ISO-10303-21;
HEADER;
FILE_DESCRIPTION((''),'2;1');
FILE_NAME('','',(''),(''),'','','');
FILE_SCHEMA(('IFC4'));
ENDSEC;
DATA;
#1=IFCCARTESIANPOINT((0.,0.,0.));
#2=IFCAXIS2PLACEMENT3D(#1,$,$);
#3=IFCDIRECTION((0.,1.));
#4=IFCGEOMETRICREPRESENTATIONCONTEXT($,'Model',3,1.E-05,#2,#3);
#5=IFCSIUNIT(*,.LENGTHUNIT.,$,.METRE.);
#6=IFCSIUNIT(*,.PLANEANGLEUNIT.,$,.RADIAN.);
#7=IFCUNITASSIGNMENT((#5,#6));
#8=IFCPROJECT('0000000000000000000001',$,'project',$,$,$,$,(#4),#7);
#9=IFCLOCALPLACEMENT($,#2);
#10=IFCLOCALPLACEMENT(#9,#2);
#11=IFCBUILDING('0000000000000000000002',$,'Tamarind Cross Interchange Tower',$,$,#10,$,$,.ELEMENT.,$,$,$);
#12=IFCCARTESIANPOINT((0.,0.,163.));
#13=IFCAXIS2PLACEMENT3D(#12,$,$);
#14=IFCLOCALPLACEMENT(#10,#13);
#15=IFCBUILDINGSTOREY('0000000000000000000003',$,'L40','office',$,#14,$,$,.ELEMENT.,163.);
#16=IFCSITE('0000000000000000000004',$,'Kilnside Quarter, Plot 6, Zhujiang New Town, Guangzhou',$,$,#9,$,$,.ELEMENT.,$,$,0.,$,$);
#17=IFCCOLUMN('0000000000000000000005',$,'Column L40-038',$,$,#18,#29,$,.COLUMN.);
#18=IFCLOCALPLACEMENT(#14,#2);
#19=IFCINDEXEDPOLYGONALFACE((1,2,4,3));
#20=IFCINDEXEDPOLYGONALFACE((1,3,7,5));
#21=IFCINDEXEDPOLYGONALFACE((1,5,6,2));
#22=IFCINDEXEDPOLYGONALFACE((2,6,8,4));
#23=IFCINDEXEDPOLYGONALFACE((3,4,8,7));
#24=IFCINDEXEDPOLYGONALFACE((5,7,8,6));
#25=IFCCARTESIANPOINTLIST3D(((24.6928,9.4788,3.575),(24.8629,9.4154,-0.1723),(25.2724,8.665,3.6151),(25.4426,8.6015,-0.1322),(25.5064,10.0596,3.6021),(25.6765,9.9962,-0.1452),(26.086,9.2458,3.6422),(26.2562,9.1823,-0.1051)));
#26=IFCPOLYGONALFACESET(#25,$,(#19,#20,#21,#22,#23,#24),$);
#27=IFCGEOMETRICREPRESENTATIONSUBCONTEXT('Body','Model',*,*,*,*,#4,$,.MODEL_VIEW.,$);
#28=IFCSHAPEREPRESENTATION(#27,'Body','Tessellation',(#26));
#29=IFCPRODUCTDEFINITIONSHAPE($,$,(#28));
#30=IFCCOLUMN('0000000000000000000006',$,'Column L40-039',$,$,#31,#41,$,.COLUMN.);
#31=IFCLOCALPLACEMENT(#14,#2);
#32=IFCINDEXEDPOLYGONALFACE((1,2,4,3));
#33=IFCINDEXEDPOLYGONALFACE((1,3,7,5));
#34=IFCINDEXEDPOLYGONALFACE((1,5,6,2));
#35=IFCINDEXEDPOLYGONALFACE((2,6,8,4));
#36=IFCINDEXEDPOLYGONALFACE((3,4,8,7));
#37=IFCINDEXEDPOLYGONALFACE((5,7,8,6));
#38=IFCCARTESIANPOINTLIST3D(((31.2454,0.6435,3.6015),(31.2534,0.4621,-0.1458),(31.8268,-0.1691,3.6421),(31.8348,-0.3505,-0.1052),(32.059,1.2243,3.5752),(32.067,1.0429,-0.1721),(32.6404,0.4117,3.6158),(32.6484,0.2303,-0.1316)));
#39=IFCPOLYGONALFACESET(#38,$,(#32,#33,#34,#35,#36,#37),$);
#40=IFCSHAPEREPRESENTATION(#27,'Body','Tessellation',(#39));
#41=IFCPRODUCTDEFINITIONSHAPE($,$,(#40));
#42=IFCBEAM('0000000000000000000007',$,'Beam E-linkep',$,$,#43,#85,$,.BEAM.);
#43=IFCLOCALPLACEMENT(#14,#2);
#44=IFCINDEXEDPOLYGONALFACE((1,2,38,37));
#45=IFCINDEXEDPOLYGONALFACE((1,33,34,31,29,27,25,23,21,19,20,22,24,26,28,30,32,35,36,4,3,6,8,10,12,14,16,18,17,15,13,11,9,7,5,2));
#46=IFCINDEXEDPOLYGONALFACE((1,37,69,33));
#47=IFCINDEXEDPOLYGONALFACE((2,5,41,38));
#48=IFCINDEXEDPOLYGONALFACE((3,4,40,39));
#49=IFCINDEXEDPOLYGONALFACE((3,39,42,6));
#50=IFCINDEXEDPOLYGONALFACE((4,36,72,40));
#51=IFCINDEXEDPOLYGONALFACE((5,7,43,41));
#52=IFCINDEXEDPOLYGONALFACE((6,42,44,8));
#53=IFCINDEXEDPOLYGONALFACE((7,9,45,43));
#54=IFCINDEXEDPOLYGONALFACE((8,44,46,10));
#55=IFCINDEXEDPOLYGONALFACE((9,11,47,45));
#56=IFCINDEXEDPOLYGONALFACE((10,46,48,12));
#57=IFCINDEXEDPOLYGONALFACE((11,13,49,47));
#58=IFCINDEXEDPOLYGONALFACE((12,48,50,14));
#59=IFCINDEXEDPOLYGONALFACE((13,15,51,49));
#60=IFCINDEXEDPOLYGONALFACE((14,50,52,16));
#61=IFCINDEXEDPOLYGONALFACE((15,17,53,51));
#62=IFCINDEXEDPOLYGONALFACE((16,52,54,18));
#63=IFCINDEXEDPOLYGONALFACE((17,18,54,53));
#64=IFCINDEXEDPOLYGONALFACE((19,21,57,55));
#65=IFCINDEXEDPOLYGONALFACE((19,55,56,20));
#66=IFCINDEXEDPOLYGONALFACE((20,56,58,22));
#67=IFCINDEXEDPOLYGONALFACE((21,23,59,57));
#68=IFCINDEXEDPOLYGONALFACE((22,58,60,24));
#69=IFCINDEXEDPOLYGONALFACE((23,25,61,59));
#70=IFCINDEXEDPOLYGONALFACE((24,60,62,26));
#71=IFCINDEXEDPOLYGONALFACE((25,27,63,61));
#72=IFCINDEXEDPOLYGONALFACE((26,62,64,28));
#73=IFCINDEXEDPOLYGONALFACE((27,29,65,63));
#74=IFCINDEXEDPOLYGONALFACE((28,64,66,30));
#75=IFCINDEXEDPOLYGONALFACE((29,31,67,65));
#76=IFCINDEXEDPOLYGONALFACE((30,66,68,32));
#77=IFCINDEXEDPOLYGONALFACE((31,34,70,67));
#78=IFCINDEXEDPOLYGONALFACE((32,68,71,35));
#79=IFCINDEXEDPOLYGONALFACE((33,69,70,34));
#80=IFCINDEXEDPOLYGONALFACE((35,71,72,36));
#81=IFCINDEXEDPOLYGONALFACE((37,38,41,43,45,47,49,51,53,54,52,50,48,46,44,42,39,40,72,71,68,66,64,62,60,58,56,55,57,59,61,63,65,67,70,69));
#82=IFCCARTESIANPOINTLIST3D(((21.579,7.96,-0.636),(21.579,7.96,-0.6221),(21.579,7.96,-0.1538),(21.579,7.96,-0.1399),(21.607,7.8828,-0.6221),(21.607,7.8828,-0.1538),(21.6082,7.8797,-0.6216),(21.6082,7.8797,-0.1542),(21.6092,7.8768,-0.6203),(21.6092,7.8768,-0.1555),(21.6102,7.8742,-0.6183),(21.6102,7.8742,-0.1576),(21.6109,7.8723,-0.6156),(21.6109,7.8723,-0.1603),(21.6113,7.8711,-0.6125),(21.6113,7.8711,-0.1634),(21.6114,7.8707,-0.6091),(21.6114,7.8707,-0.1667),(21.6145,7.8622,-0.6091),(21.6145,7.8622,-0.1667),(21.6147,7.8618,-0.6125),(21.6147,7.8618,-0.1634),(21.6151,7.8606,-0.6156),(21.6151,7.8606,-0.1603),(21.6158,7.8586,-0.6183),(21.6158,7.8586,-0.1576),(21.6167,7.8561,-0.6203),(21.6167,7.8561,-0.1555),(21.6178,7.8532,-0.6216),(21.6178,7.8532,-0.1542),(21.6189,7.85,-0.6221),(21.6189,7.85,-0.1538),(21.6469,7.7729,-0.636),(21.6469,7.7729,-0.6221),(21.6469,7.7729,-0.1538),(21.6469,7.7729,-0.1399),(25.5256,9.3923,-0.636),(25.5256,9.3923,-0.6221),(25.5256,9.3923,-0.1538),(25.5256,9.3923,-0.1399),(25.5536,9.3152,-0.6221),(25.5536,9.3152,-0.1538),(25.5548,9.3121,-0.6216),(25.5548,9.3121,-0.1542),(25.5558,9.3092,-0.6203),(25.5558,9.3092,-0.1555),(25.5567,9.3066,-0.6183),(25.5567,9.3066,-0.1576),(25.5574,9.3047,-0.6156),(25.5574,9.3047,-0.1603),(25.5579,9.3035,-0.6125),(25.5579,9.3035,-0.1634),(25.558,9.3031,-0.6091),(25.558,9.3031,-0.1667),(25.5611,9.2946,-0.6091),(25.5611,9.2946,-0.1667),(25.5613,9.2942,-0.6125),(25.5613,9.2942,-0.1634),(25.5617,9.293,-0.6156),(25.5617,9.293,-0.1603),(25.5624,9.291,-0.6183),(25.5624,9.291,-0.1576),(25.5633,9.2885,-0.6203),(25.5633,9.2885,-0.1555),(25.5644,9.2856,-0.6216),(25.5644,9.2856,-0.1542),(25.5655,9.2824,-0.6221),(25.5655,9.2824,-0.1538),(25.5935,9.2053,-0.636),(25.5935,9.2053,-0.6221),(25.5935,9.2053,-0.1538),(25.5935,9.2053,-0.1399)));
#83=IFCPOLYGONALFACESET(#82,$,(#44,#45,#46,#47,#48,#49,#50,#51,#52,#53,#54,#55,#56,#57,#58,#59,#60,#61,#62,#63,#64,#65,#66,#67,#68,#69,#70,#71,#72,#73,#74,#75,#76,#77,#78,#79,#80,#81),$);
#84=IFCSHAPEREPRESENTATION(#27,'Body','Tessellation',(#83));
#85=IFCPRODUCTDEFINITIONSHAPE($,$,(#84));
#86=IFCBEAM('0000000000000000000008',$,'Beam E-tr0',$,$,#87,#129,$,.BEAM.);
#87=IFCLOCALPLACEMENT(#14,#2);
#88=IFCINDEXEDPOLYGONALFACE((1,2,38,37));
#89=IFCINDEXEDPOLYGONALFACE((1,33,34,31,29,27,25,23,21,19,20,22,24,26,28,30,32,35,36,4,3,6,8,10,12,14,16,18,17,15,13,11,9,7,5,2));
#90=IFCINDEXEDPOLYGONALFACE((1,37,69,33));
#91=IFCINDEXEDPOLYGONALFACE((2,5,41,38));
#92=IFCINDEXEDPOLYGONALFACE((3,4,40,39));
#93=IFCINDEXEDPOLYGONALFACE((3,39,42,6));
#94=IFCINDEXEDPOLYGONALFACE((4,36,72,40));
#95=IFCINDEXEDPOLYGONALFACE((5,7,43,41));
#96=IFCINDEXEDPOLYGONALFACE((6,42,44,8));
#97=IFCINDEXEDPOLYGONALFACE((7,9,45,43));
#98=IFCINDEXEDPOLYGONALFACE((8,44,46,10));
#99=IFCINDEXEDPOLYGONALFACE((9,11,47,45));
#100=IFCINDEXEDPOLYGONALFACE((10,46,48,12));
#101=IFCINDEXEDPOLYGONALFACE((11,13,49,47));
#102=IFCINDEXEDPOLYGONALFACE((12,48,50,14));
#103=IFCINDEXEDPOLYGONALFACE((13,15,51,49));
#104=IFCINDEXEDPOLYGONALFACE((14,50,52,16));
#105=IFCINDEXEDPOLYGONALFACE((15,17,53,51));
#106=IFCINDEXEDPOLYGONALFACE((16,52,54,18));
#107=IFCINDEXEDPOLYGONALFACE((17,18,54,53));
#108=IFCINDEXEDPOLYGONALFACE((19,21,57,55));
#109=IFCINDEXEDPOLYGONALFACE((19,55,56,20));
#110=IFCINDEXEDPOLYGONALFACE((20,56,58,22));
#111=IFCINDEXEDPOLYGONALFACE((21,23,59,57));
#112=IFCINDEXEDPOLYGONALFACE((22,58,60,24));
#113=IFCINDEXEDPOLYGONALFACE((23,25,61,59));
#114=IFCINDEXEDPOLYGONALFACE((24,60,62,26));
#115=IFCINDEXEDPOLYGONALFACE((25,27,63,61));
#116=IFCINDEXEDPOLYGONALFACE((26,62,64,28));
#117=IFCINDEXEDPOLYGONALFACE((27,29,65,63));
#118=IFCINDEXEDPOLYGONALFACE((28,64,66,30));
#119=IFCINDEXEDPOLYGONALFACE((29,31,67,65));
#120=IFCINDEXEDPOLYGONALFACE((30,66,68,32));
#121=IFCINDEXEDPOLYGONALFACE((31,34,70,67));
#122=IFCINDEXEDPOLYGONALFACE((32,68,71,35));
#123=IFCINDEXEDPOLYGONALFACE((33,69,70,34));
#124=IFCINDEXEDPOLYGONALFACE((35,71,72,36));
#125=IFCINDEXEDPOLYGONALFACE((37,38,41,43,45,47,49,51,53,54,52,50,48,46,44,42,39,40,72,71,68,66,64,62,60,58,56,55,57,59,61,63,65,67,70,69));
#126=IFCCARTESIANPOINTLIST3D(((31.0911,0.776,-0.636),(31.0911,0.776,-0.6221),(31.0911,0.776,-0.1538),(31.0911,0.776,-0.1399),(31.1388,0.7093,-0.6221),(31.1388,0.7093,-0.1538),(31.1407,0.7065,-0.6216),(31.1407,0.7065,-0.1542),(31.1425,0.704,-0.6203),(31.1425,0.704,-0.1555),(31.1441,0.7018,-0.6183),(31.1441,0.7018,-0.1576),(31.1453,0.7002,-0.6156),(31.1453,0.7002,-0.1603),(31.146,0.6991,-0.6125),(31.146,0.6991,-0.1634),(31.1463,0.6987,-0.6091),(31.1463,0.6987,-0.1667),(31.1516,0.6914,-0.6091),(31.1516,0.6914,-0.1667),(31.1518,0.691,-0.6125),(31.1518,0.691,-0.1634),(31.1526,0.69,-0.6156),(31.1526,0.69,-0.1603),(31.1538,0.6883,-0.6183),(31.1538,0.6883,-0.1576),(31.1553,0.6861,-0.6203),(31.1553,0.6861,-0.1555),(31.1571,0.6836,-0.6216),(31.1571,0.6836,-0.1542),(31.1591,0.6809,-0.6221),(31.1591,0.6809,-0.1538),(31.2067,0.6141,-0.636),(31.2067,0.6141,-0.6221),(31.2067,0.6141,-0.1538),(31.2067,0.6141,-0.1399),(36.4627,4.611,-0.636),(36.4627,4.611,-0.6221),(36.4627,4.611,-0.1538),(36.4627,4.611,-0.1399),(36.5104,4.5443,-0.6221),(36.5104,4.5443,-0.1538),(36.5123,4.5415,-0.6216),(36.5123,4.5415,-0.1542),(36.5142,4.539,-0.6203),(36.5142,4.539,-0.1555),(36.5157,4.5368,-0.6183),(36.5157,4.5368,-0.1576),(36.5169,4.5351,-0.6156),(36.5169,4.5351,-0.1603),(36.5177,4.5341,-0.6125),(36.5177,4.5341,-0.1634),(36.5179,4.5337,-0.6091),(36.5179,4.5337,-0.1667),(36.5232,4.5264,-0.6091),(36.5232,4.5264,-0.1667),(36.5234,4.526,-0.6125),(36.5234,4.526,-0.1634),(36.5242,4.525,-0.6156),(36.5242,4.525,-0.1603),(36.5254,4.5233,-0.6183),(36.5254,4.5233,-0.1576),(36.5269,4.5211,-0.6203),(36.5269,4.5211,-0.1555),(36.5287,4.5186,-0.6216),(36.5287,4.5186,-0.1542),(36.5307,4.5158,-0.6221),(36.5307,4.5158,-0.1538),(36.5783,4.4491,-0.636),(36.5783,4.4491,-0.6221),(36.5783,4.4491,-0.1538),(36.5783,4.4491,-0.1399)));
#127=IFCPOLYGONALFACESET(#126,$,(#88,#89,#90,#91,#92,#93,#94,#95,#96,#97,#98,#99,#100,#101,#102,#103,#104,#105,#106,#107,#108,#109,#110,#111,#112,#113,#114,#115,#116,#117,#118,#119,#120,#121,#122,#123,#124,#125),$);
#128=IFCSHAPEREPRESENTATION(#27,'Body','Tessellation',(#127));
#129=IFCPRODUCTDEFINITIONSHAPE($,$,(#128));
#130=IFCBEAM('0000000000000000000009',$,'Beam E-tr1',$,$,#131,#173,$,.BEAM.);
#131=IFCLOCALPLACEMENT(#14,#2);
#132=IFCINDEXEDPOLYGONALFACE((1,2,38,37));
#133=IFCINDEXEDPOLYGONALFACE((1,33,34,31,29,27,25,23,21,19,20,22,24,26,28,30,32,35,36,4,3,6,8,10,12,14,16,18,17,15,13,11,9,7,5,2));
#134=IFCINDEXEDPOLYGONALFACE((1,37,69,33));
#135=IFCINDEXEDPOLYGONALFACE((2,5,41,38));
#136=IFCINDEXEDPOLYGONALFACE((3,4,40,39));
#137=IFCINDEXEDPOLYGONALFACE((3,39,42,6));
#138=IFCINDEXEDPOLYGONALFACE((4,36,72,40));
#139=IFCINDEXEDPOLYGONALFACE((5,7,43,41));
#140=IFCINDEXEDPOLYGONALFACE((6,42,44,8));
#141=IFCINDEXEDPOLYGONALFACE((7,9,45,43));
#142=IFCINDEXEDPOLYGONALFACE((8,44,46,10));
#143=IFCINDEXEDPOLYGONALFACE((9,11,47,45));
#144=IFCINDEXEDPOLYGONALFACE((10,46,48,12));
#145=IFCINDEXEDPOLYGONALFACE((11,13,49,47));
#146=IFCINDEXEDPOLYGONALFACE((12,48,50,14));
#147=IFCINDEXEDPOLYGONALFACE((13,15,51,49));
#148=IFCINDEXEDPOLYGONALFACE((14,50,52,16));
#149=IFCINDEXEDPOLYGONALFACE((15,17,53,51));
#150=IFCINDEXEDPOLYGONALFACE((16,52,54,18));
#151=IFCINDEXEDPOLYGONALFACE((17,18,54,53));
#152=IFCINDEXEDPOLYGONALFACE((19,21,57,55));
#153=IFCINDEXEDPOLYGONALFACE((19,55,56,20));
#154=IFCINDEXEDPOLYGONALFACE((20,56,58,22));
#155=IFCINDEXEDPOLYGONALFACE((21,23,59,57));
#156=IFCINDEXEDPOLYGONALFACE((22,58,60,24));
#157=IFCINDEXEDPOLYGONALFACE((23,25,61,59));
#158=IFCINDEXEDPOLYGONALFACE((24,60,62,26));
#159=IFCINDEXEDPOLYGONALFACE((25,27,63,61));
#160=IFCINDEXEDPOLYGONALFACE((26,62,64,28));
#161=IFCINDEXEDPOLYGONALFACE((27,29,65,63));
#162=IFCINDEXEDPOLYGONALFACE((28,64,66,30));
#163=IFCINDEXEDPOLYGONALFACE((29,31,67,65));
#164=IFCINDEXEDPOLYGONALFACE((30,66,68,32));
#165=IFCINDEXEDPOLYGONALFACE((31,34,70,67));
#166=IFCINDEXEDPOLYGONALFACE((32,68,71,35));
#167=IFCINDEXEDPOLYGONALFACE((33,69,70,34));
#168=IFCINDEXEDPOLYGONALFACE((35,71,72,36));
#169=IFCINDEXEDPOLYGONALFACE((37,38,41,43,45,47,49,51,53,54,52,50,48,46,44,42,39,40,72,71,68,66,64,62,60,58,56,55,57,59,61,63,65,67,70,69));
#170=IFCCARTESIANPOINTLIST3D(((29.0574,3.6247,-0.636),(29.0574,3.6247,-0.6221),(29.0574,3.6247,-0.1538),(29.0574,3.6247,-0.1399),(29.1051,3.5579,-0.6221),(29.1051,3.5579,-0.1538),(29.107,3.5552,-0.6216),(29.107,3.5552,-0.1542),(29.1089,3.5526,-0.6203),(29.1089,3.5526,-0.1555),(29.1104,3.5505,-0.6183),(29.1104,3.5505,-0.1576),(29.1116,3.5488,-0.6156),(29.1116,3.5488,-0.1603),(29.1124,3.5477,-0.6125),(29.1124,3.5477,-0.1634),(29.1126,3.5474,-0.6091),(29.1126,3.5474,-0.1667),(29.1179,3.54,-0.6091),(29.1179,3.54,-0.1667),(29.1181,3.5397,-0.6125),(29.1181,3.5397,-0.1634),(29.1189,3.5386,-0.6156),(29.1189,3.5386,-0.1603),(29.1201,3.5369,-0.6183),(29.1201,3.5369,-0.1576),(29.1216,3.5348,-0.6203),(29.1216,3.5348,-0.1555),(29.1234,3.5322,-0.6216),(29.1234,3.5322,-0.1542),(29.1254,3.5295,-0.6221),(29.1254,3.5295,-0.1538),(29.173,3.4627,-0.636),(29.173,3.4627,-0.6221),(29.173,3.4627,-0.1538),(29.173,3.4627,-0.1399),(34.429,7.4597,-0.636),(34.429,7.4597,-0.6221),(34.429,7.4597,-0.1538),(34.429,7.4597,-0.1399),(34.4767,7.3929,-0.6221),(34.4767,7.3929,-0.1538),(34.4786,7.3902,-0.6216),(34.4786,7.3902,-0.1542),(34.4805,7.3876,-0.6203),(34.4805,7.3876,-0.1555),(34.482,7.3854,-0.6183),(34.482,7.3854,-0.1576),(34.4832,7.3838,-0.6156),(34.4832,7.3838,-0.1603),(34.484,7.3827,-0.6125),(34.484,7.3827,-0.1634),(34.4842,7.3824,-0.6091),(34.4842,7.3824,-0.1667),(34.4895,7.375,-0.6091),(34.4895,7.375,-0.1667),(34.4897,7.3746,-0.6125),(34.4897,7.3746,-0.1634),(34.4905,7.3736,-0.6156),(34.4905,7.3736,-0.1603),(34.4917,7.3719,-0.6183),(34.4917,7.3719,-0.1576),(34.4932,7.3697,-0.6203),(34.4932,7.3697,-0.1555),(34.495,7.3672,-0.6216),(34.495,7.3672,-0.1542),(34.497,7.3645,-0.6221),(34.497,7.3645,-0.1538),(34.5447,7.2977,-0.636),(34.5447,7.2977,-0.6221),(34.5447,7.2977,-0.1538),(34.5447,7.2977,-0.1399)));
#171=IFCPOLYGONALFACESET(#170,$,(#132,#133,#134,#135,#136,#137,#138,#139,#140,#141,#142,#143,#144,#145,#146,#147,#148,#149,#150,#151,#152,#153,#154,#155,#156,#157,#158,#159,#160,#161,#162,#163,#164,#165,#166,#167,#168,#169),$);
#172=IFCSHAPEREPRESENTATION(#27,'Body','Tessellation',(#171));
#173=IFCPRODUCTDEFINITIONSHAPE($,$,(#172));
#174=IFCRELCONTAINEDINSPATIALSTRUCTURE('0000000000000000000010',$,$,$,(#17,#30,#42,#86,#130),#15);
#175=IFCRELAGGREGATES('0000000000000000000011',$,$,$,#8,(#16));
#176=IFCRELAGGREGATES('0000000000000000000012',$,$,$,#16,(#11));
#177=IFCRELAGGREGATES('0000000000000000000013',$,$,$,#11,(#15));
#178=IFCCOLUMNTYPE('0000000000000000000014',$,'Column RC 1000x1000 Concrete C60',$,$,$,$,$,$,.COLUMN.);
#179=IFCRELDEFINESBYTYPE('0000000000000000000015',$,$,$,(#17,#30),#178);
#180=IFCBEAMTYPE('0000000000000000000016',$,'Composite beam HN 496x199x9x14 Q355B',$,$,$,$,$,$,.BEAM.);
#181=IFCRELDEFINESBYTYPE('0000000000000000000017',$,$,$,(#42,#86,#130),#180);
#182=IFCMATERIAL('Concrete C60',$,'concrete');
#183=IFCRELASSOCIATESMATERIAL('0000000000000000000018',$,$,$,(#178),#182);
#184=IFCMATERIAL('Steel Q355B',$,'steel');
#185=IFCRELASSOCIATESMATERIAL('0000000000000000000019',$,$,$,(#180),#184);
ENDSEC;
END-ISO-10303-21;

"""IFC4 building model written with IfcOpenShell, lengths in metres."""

from ifc_helpers import new_model, si_unit, direction, frame, origin, origin_2d, place, context, subcontext, project, spatial, rectangle, i_section, extrude, material, material_profile, profile_set, type_object, element, save


model = new_model("IFC4")

# Units and contexts
model_context = context("Model", 3, precision=1e-05, world=origin(), true_north=direction((0.0, 1.0)))
body_context = subcontext(model_context, "Body", "Model", "MODEL_VIEW")
ifc_project = project(units=[si_unit("LENGTHUNIT", "METRE"), si_unit("PLANEANGLEUNIT", "RADIAN")], contexts=[model_context])

# Site, building, storey
site_placement = place(None, origin())
site = spatial("IfcSite", under=ifc_project, at=site_placement, Name="Kilnside Quarter, Plot 6, Zhujiang New Town, Guangzhou", CompositionType="ELEMENT", RefElevation=0.0)
building_placement = place(site_placement, origin())
building = spatial("IfcBuilding", under=site, at=building_placement, Name="Tamarind Cross Interchange Tower", CompositionType="ELEMENT")
storey_placement = place(building_placement, frame((0.0, 0.0, 163.0)))
storey = spatial("IfcBuildingStorey", under=building, at=storey_placement, Name="L40", Description="office", CompositionType="ELEMENT", Elevation=163.0)

# Columns
ifc_material_1 = material(Name="Concrete C60", Category="concrete")
ifc_material_profile_1 = material_profile(ifc_material_1, rectangle(XDim=1.0, YDim=1.0, at=origin_2d()), Name="RC 1000x1000")
ifc_profile_set_1 = profile_set([ifc_material_profile_1], Name="Concrete C60")
column_type = type_object("IfcColumnType", Name="Column RC 1000x1000 Concrete C60", PredefinedType="COLUMN", material=ifc_profile_set_1)
for number, where, z_axis, x_axis, name in (
    (1, (25.5596, 9.2988, -0.1387), (-0.045357, 0.016919, 0.998828), (0.579654, -0.813875, 0.040109), "Column L40-038"),
    (2, (31.9509, 0.3462, -0.1387), (-0.002147, 0.04835, 0.998828), (-0.813625, -0.580792, 0.026365), "Column L40-039"),
):
    element("IfcColumn", number, at=place(storey_placement, frame(where, z_axis=z_axis, x_axis=x_axis)), inside=storey, type_object=column_type, Name=name, PredefinedType="COLUMN", context=body_context, shape_type="SweptSolid", body=[
        extrude(rectangle(XDim=1.0, YDim=1.0, at=origin_2d()), origin(), (0.0, 0.0, 1.0), 3.7517),
    ])

# Beams
ifc_material_2 = material(Name="Steel Q355B", Category="steel")
ifc_material_profile_2 = material_profile(ifc_material_2, i_section(OverallWidth=0.199, OverallDepth=0.4961, WebThickness=0.009, FlangeThickness=0.0139, FilletRadius=0.0129, at=origin_2d()), Name="HN 496x199x9x14")
ifc_profile_set_2 = profile_set([ifc_material_profile_2], Name="Steel Q355B")
beam_type_1 = type_object("IfcBeamType", Name="Composite beam HN 496x199x9x14 Q355B", PredefinedType="BEAM", material=ifc_profile_set_2)
beam_1_placement = place(storey_placement, frame((25.5596, 9.2988, -0.3879), z_axis=(-0.940002, -0.341169, 0.0), x_axis=(0.341169, -0.940002, 0.0)))
element("IfcBeam", 3, at=beam_1_placement, inside=storey, type_object=beam_type_1, Name="Beam E-linkep", PredefinedType="BEAM", context=body_context, shape_type="SweptSolid", body=[
    extrude(i_section(OverallWidth=0.199, OverallDepth=0.4961, WebThickness=0.009, FlangeThickness=0.0139, FilletRadius=0.0129, at=origin_2d()), origin(), (0.0, 0.0, 1.0), 4.1985),
])
for number, where, z_axis, x_axis, name in (
    (4, (31.1489, 0.6951, -0.3879), (0.813868, 0.581049, 0.0), (-0.581049, 0.813868, 0.0), "Beam E-tr0"),
    (5, (29.1152, 3.5437, -0.3879), (0.813868, 0.581049, 0.0), (-0.581049, 0.813868, 0.0), "Beam E-tr1"),
):
    element("IfcBeam", number, at=place(storey_placement, frame(where, z_axis=z_axis, x_axis=x_axis)), inside=storey, type_object=beam_type_1, Name=name, PredefinedType="BEAM", context=body_context, shape_type="SweptSolid", body=[
        extrude(i_section(OverallWidth=0.199, OverallDepth=0.4961, WebThickness=0.009, FlangeThickness=0.0139, FilletRadius=0.0129, at=origin_2d()), origin(), (0.0, 0.0, 1.0), 6.6001),
    ])

save(model, "model.ifc")
